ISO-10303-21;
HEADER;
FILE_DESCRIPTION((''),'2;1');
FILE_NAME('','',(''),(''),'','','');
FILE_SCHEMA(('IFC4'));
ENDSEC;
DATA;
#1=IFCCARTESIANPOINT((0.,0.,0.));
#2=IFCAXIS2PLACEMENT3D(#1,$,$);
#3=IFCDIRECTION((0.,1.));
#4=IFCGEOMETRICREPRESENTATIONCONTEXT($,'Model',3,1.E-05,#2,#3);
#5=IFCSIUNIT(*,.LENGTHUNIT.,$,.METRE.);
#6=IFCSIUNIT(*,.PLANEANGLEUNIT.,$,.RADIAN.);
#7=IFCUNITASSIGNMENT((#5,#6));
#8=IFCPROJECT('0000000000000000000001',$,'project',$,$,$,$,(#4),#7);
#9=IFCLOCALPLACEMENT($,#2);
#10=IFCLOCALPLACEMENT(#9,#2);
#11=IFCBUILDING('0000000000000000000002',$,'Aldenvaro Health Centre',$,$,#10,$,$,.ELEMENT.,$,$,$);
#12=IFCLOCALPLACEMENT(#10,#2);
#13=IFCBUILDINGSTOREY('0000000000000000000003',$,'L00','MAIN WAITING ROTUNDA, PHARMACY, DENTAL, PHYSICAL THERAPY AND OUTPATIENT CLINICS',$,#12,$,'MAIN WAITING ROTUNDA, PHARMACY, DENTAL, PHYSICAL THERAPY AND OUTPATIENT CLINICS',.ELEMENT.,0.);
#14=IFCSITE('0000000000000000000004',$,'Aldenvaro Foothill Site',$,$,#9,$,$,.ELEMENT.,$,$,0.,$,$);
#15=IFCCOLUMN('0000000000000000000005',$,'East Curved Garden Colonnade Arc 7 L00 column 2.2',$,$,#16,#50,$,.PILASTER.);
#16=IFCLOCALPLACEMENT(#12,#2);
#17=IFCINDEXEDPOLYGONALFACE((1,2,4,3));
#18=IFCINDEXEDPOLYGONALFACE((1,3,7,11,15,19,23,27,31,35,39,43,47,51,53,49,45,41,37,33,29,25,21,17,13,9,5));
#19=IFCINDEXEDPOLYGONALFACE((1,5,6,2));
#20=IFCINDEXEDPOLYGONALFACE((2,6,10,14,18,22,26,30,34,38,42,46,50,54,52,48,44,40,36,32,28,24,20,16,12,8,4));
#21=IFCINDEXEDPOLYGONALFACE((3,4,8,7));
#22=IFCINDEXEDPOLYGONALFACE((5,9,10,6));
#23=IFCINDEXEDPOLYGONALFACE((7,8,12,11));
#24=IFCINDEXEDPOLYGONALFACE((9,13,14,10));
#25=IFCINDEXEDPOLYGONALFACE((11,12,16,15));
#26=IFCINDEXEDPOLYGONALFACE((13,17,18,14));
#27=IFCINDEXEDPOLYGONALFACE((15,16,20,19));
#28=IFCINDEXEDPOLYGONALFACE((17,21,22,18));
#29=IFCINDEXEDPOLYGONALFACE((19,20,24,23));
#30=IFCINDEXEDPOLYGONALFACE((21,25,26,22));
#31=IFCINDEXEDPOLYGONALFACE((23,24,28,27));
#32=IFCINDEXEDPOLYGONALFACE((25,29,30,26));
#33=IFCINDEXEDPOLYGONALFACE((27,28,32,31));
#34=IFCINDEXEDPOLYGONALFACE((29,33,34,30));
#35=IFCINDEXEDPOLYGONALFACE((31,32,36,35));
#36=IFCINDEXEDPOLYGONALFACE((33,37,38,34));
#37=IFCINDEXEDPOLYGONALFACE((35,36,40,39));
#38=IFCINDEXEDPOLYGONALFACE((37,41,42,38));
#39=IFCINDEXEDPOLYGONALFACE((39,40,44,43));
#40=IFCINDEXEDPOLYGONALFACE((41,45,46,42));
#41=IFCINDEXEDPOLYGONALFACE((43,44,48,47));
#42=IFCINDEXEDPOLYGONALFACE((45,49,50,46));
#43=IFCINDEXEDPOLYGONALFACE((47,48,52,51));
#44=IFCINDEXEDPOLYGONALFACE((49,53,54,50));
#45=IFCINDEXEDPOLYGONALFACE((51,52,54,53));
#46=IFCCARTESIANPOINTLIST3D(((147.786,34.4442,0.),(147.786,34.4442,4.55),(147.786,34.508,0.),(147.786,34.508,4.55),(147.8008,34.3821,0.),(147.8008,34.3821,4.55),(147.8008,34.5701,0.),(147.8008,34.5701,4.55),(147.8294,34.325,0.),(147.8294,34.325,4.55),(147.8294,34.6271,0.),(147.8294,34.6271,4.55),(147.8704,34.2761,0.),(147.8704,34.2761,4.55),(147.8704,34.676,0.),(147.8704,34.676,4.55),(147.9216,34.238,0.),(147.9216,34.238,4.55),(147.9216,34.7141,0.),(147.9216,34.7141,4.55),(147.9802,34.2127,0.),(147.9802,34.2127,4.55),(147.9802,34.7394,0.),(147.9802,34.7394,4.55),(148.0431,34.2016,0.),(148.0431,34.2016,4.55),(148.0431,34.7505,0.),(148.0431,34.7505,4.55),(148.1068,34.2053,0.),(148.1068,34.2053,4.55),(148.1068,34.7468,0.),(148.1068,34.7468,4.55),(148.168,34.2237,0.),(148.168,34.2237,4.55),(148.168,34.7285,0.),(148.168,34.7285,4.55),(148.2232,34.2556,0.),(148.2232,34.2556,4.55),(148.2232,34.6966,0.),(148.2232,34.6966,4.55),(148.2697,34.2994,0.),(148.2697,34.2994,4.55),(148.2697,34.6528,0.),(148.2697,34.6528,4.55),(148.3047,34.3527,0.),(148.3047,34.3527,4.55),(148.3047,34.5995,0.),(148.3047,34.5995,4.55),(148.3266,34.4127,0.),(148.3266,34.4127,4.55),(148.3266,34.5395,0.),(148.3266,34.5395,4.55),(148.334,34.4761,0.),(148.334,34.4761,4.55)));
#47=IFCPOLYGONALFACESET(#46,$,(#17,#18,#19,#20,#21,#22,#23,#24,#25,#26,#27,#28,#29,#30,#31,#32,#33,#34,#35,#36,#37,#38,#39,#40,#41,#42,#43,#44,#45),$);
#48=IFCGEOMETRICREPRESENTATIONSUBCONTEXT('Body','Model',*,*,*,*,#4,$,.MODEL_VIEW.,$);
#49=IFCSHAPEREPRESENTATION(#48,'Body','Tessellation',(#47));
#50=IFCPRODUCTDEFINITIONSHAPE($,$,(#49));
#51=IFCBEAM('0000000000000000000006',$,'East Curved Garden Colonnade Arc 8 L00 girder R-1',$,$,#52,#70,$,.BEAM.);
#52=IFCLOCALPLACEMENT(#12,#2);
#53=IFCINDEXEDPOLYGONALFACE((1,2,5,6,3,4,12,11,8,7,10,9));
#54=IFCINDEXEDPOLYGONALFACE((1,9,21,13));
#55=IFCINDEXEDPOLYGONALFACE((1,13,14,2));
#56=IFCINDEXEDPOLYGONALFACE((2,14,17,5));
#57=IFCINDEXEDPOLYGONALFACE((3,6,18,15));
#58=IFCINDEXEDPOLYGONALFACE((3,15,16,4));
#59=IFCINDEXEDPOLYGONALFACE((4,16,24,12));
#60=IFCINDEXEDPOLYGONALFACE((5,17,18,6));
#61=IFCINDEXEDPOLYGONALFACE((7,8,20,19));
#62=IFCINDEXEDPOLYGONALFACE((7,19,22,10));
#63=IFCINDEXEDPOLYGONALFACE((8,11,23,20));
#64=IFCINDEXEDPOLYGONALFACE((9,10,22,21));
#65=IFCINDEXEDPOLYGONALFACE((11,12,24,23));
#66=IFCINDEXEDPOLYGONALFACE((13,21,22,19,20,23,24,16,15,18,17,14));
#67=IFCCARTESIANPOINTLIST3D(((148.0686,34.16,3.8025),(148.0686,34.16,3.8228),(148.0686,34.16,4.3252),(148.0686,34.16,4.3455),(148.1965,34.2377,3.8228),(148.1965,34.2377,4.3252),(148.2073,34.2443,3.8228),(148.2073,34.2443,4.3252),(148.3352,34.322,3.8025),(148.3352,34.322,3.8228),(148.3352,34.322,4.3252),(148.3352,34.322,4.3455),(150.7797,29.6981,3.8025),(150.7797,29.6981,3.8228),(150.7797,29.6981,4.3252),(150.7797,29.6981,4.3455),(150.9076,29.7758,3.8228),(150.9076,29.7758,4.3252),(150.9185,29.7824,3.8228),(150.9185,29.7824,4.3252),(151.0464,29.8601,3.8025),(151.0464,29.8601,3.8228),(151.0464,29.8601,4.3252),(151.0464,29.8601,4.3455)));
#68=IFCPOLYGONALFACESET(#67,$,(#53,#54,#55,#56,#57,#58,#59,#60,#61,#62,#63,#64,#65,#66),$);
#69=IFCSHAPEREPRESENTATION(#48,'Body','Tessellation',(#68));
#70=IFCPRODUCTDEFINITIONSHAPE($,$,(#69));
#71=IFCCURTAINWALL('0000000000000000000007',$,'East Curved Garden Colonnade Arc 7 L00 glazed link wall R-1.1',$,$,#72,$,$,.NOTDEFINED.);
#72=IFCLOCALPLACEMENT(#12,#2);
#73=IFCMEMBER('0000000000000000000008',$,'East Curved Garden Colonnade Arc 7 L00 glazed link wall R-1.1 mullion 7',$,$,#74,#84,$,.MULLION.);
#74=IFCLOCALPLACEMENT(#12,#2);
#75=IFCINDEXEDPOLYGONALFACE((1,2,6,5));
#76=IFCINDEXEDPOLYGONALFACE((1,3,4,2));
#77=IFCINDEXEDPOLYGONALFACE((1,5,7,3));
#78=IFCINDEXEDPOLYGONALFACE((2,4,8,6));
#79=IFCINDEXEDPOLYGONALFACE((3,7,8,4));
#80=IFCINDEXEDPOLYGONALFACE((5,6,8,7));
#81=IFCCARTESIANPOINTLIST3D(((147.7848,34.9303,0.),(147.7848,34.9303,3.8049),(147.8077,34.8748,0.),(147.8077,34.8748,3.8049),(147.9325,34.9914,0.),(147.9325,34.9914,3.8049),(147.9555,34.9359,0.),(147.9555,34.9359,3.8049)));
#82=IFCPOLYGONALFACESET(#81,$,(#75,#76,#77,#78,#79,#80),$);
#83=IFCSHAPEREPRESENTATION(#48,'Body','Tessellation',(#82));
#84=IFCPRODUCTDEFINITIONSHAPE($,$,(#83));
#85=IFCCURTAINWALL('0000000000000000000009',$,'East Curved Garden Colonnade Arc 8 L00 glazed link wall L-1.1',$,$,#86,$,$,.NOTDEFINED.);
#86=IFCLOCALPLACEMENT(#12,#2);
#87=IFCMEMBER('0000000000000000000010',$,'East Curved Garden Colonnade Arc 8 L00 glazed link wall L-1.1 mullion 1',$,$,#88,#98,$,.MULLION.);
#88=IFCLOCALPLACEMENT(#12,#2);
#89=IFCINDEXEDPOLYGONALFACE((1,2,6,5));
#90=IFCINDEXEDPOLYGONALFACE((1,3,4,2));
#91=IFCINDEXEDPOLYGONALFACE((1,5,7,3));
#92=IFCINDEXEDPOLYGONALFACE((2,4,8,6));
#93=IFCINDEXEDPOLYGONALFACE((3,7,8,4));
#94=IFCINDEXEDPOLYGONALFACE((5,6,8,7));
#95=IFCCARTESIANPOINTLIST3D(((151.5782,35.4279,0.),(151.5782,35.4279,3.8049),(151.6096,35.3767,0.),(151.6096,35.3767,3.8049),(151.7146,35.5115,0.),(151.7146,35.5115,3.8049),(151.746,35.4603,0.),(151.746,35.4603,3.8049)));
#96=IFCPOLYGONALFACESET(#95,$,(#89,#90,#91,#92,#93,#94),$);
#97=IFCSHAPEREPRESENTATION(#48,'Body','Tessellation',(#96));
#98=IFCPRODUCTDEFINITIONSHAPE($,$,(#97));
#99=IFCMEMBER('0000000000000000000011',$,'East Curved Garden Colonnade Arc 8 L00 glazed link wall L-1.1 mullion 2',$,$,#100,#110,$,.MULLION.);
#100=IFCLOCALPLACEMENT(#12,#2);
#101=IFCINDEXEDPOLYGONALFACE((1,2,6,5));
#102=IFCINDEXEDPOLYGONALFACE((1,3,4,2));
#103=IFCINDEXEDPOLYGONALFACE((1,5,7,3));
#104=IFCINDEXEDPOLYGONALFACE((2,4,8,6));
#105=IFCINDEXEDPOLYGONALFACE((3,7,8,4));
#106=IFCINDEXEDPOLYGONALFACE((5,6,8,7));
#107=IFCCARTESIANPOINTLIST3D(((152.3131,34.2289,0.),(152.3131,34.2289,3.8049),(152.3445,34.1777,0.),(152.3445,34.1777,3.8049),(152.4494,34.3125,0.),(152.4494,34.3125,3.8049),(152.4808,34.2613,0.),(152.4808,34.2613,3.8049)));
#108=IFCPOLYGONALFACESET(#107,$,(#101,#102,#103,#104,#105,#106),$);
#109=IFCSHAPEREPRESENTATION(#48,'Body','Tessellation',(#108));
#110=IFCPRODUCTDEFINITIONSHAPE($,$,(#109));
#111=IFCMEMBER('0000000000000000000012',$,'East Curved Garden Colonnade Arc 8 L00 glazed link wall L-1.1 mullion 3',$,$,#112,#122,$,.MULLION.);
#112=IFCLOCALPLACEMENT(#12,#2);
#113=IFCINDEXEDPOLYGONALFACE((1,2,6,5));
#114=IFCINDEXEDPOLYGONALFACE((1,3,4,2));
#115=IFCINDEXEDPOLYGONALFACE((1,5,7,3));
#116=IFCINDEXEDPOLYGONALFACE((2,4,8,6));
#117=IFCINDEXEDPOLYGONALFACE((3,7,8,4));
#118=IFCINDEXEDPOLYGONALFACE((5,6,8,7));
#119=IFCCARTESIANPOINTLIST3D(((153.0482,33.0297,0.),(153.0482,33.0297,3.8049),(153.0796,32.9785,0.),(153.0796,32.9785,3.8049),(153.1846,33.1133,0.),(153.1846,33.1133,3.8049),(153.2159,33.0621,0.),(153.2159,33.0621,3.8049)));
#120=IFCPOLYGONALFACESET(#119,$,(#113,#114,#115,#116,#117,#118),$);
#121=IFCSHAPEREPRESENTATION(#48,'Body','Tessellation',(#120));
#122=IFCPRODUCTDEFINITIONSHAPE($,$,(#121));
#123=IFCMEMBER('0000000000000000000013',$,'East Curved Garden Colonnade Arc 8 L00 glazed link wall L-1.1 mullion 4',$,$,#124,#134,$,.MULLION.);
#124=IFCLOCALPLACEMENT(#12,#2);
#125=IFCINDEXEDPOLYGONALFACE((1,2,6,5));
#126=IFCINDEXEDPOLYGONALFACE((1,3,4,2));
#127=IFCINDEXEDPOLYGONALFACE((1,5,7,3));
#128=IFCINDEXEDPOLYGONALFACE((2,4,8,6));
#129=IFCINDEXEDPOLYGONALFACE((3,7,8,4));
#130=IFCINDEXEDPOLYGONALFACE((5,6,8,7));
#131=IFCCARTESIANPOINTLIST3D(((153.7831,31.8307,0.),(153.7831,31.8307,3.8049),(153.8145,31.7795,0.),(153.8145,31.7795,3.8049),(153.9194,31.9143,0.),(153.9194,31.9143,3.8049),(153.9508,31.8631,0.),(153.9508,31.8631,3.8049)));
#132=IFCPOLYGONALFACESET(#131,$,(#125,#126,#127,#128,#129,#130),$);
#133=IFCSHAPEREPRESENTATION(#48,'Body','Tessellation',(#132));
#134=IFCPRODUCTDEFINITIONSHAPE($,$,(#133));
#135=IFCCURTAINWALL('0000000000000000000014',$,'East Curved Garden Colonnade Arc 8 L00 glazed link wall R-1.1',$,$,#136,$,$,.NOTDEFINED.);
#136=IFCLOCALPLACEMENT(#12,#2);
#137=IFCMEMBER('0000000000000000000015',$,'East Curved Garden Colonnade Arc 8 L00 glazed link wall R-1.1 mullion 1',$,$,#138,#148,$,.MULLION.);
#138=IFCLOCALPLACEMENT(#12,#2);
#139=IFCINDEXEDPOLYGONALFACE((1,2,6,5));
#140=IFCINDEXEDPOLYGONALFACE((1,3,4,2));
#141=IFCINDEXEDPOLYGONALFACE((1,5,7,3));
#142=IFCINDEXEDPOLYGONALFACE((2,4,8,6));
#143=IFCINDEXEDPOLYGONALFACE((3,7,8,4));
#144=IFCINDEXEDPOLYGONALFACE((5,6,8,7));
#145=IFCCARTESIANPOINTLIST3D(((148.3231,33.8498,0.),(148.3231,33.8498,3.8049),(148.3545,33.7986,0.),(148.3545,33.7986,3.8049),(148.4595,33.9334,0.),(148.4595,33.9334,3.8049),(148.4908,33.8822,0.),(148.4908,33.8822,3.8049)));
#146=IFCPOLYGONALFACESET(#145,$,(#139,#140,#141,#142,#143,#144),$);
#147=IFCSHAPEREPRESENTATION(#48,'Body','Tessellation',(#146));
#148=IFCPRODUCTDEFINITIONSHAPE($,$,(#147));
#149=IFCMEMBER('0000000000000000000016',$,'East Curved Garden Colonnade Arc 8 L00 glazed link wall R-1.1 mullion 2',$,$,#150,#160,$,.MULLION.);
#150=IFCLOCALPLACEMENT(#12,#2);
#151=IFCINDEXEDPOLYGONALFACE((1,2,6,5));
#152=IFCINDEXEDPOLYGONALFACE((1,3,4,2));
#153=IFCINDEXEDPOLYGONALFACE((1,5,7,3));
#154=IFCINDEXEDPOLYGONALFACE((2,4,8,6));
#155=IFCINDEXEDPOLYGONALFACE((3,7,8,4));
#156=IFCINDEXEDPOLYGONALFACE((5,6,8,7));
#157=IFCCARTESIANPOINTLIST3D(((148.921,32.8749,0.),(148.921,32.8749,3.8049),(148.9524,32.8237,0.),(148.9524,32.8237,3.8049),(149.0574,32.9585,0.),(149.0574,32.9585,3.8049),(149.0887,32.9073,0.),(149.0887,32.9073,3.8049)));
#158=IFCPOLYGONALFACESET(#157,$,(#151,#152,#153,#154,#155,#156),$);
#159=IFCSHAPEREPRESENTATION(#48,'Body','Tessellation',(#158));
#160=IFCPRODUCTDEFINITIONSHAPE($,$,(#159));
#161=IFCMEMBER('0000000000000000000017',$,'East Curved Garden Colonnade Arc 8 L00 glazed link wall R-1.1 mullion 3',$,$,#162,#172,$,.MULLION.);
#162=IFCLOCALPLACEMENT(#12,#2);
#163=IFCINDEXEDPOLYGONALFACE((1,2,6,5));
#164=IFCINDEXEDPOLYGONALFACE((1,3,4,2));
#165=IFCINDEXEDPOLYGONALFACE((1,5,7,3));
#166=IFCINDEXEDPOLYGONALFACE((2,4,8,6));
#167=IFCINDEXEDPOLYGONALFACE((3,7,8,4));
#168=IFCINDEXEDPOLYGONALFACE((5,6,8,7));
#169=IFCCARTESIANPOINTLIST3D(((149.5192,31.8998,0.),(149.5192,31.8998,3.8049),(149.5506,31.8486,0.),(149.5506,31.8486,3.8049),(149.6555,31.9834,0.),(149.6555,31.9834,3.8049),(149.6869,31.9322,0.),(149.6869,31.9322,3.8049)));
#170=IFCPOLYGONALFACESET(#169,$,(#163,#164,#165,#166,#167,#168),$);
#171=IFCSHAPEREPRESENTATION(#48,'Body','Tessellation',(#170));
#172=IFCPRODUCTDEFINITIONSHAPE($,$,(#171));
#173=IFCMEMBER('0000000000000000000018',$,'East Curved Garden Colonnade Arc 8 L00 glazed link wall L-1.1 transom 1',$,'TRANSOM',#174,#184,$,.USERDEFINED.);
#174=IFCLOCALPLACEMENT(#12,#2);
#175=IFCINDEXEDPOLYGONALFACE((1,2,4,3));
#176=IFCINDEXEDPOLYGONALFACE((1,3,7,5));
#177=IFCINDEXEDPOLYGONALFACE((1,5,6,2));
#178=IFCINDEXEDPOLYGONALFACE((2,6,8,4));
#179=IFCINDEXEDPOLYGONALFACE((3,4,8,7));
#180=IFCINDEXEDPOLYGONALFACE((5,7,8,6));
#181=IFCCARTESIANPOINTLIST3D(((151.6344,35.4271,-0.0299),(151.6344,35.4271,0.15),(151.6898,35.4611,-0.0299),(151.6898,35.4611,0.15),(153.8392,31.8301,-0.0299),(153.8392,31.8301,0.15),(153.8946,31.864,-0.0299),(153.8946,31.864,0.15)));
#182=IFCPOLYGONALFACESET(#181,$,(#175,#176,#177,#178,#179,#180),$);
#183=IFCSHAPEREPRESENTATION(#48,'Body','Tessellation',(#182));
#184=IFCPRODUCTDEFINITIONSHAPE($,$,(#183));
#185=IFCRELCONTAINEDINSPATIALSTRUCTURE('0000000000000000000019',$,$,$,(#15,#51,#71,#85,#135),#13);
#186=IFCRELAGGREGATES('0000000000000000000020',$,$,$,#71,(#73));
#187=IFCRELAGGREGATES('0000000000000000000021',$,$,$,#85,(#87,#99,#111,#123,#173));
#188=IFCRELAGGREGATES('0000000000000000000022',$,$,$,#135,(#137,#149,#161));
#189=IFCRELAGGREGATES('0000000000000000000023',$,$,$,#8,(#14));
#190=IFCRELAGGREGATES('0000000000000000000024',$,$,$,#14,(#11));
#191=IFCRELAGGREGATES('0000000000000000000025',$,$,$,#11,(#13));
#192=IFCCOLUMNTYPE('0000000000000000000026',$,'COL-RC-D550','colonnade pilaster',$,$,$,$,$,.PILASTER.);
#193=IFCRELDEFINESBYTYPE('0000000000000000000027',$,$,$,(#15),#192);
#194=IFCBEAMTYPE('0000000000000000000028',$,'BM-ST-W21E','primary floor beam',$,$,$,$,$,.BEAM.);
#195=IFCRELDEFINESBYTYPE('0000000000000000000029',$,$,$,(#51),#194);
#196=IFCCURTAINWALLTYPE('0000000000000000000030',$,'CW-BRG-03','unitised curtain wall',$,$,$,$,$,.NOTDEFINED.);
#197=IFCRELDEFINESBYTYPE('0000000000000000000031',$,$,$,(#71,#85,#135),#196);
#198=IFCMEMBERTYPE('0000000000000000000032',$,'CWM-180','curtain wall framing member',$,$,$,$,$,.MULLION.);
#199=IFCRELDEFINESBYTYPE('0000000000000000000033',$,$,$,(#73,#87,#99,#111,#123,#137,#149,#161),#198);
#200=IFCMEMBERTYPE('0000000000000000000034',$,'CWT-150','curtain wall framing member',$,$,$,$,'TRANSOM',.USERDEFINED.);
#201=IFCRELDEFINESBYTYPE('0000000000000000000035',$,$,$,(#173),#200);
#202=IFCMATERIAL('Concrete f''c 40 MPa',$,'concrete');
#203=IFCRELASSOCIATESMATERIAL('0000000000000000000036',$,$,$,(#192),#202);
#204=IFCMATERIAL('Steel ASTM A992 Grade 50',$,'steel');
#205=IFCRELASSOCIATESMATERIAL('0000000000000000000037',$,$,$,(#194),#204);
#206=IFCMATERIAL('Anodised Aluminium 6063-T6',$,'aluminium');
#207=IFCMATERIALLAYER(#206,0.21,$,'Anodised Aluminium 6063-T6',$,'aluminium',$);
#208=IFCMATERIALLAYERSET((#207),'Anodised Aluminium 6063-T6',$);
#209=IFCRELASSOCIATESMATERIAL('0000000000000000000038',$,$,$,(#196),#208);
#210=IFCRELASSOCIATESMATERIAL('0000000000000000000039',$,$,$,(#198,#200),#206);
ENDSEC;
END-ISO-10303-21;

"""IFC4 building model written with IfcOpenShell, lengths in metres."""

from ifc_helpers import new_model, si_unit, direction, frame, origin, origin_2d, place, context, subcontext, project, spatial, rectangle, circle, i_section, extrude, material, layer, layer_set, material_profile, profile_set, type_object, element, aggregate, save


model = new_model("IFC4")

# Units and contexts
model_context = context("Model", 3, precision=1e-05, world=origin(), true_north=direction((0.0, 1.0)))
body_context = subcontext(model_context, "Body", "Model", "MODEL_VIEW")
ifc_project = project(units=[si_unit("LENGTHUNIT", "METRE"), si_unit("PLANEANGLEUNIT", "RADIAN")], contexts=[model_context])

# Site, building, storey
site_placement = place(None, origin())
site = spatial("IfcSite", under=ifc_project, at=site_placement, Name="Aldenvaro Foothill Site", CompositionType="ELEMENT", RefElevation=0.0)
building_placement = place(site_placement, origin())
building = spatial("IfcBuilding", under=site, at=building_placement, Name="Aldenvaro Health Centre", CompositionType="ELEMENT")
storey_placement = place(building_placement, origin())
storey = spatial("IfcBuildingStorey", under=building, at=storey_placement, Name="L00", Description="MAIN WAITING ROTUNDA, PHARMACY, DENTAL, PHYSICAL THERAPY AND OUTPATIENT CLINICS", LongName="MAIN WAITING ROTUNDA, PHARMACY, DENTAL, PHYSICAL THERAPY AND OUTPATIENT CLINICS", CompositionType="ELEMENT", Elevation=0.0)

# Column
ifc_material_1 = material(Name="Concrete f'c 40 MPa", Category="concrete")
ifc_material_profile_1 = material_profile(ifc_material_1, circle(Radius=0.2749, at=origin_2d()), Name="RC D550", Category="concrete")
ifc_profile_set_1 = profile_set([ifc_material_profile_1], Name="Concrete f'c 40 MPa")
column_type = type_object("IfcColumnType", Name="COL-RC-D550", Description="colonnade pilaster", PredefinedType="PILASTER", material=ifc_profile_set_1)
column_placement = place(storey_placement, frame((148.0591, 34.4761, 0.0), z_axis=(0.0, 0.0, 1.0), x_axis=(1.0, 0.0, 0.0)))
element("IfcColumn", 1, at=column_placement, inside=storey, type_object=column_type, Name="East Curved Garden Colonnade Arc 7 L00 column 2.2", PredefinedType="PILASTER", context=body_context, shape_type="SweptSolid", body=[
    extrude(circle(Radius=0.2749, at=origin_2d()), origin(), (0.0, 0.0, 1.0), 4.55),
])

# Beam
ifc_material_2 = material(Name="Steel ASTM A992 Grade 50", Category="steel")
ifc_material_profile_2 = material_profile(ifc_material_2, i_section(OverallWidth=0.312, OverallDepth=0.543, WebThickness=0.0127, FlangeThickness=0.0203, at=origin_2d()), Name="W21X101", Category="steel")
ifc_profile_set_2 = profile_set([ifc_material_profile_2], Name="Steel ASTM A992 Grade 50")
beam_type = type_object("IfcBeamType", Name="BM-ST-W21E", Description="primary floor beam", PredefinedType="BEAM", material=ifc_profile_set_2)
beam_placement = place(storey_placement, frame((148.2019, 34.241, 4.074), z_axis=(0.519281, -0.854604, 0.0), x_axis=(0.854604, 0.519281, 0.0)))
element("IfcBeam", 2, at=beam_placement, inside=storey, type_object=beam_type, Name="East Curved Garden Colonnade Arc 8 L00 girder R-1", PredefinedType="BEAM", context=body_context, shape_type="SweptSolid", body=[
    extrude(i_section(OverallWidth=0.312, OverallDepth=0.543, WebThickness=0.0127, FlangeThickness=0.0203, at=origin_2d()), origin(), (0.0, 0.0, 1.0), 5.2209),
])

# Curtain wall, member
ifc_material_3 = material(Name="Anodised Aluminium 6063-T6", Category="aluminium")
ifc_layer_1 = layer(ifc_material_3, 0.21, Name="Anodised Aluminium 6063-T6", Category="aluminium")
ifc_layer_set_1 = layer_set([ifc_layer_1], Name="Anodised Aluminium 6063-T6")
curtain_wall_type = type_object("IfcCurtainWallType", Name="CW-BRG-03", Description="unitised curtain wall", PredefinedType="NOTDEFINED", material=ifc_layer_set_1)
curtain_wall_1_placement = place(storey_placement, origin())
curtain_wall_1 = element("IfcCurtainWall", 3, at=curtain_wall_1_placement, inside=storey, type_object=curtain_wall_type, Name="East Curved Garden Colonnade Arc 7 L00 glazed link wall R-1.1", PredefinedType="NOTDEFINED")
ifc_material_profile_3 = material_profile(ifc_material_3, rectangle(XDim=0.0601, YDim=0.1599, at=origin_2d()), Name="ALU 60x160", Category="aluminium")
ifc_profile_set_3 = profile_set([ifc_material_profile_3], Name="Anodised Aluminium 6063-T6")
member_type_1 = type_object("IfcMemberType", Name="CWM-180", Description="curtain wall framing member", PredefinedType="MULLION", material=ifc_profile_set_3)
member_1_placement = place(storey_placement, frame((147.8701, 34.9331, 0.0), z_axis=(0.0, 0.0, 1.0), x_axis=(0.382569, -0.923927, 0.0)))
member_1 = element("IfcMember", 4, at=member_1_placement, type_object=member_type_1, Name="East Curved Garden Colonnade Arc 7 L00 glazed link wall R-1.1 mullion 7", PredefinedType="MULLION", context=body_context, shape_type="SweptSolid", body=[
    extrude(rectangle(XDim=0.0601, YDim=0.1599, at=origin_2d()), origin(), (0.0, 0.0, 1.0), 3.8049),
])
aggregate(curtain_wall_1, [member_1])

# Curtain walls, members
curtain_wall_2_placement = place(storey_placement, origin())
curtain_wall_2 = element("IfcCurtainWall", 5, at=curtain_wall_2_placement, inside=storey, type_object=curtain_wall_type, Name="East Curved Garden Colonnade Arc 8 L00 glazed link wall L-1.1", PredefinedType="NOTDEFINED")
member_2_placement = place(storey_placement, frame((151.6621, 35.4441, 0.0), z_axis=(0.0, 0.0, 1.0), x_axis=(0.522629, -0.85256, 0.0)))
member_2 = element("IfcMember", 6, at=member_2_placement, type_object=member_type_1, Name="East Curved Garden Colonnade Arc 8 L00 glazed link wall L-1.1 mullion 1", PredefinedType="MULLION", context=body_context, shape_type="SweptSolid", body=[
    extrude(rectangle(XDim=0.0601, YDim=0.1599, at=origin_2d()), origin(), (0.0, 0.0, 1.0), 3.8049),
])
member_3_placement = place(storey_placement, frame((152.397, 34.2451, 0.0), z_axis=(0.0, 0.0, 1.0), x_axis=(0.522629, -0.85256, 0.0)))
member_3 = element("IfcMember", 7, at=member_3_placement, type_object=member_type_1, Name="East Curved Garden Colonnade Arc 8 L00 glazed link wall L-1.1 mullion 2", PredefinedType="MULLION", context=body_context, shape_type="SweptSolid", body=[
    extrude(rectangle(XDim=0.0601, YDim=0.1599, at=origin_2d()), origin(), (0.0, 0.0, 1.0), 3.8049),
])
member_4_placement = place(storey_placement, frame((153.1321, 33.0459, 0.0), z_axis=(0.0, 0.0, 1.0), x_axis=(0.522629, -0.85256, 0.0)))
member_4 = element("IfcMember", 8, at=member_4_placement, type_object=member_type_1, Name="East Curved Garden Colonnade Arc 8 L00 glazed link wall L-1.1 mullion 3", PredefinedType="MULLION", context=body_context, shape_type="SweptSolid", body=[
    extrude(rectangle(XDim=0.0601, YDim=0.1599, at=origin_2d()), origin(), (0.0, 0.0, 1.0), 3.8049),
])
member_5_placement = place(storey_placement, frame((153.8669, 31.8469, 0.0), z_axis=(0.0, 0.0, 1.0), x_axis=(0.522629, -0.85256, 0.0)))
member_5 = element("IfcMember", 9, at=member_5_placement, type_object=member_type_1, Name="East Curved Garden Colonnade Arc 8 L00 glazed link wall L-1.1 mullion 4", PredefinedType="MULLION", context=body_context, shape_type="SweptSolid", body=[
    extrude(rectangle(XDim=0.0601, YDim=0.1599, at=origin_2d()), origin(), (0.0, 0.0, 1.0), 3.8049),
])
curtain_wall_3_placement = place(storey_placement, origin())
curtain_wall_3 = element("IfcCurtainWall", 10, at=curtain_wall_3_placement, inside=storey, type_object=curtain_wall_type, Name="East Curved Garden Colonnade Arc 8 L00 glazed link wall R-1.1", PredefinedType="NOTDEFINED")
member_6_placement = place(storey_placement, frame((148.407, 33.866, 0.0), z_axis=(0.0, 0.0, 1.0), x_axis=(0.52267, -0.852535, 0.0)))
member_6 = element("IfcMember", 11, at=member_6_placement, type_object=member_type_1, Name="East Curved Garden Colonnade Arc 8 L00 glazed link wall R-1.1 mullion 1", PredefinedType="MULLION", context=body_context, shape_type="SweptSolid", body=[
    extrude(rectangle(XDim=0.0601, YDim=0.1599, at=origin_2d()), origin(), (0.0, 0.0, 1.0), 3.8049),
])
member_7_placement = place(storey_placement, frame((149.0049, 32.8911, 0.0), z_axis=(0.0, 0.0, 1.0), x_axis=(0.52267, -0.852535, 0.0)))
member_7 = element("IfcMember", 12, at=member_7_placement, type_object=member_type_1, Name="East Curved Garden Colonnade Arc 8 L00 glazed link wall R-1.1 mullion 2", PredefinedType="MULLION", context=body_context, shape_type="SweptSolid", body=[
    extrude(rectangle(XDim=0.0601, YDim=0.1599, at=origin_2d()), origin(), (0.0, 0.0, 1.0), 3.8049),
])
member_8_placement = place(storey_placement, frame((149.603, 31.916, 0.0), z_axis=(0.0, 0.0, 1.0), x_axis=(0.52267, -0.852535, 0.0)))
member_8 = element("IfcMember", 13, at=member_8_placement, type_object=member_type_1, Name="East Curved Garden Colonnade Arc 8 L00 glazed link wall R-1.1 mullion 3", PredefinedType="MULLION", context=body_context, shape_type="SweptSolid", body=[
    extrude(rectangle(XDim=0.0601, YDim=0.1599, at=origin_2d()), origin(), (0.0, 0.0, 1.0), 3.8049),
])

# Member
ifc_material_profile_4 = material_profile(ifc_material_3, rectangle(XDim=0.0649, YDim=0.1799, at=origin_2d()), Name="ALU 65x180", Category="aluminium")
ifc_profile_set_4 = profile_set([ifc_material_profile_4], Name="Anodised Aluminium 6063-T6")
member_type_2 = type_object("IfcMemberType", Name="CWT-150", Description="curtain wall framing member", ElementType="TRANSOM", PredefinedType="USERDEFINED", material=ifc_profile_set_4)
member_9_placement = place(storey_placement, frame((151.6621, 35.4441, 0.0601), z_axis=(0.522582, -0.852589, 0.0), x_axis=(0.852589, 0.522582, 0.0)))
member_9 = element("IfcMember", 14, at=member_9_placement, type_object=member_type_2, Name="East Curved Garden Colonnade Arc 8 L00 glazed link wall L-1.1 transom 1", ObjectType="TRANSOM", PredefinedType="USERDEFINED", context=body_context, shape_type="SweptSolid", body=[
    extrude(rectangle(XDim=0.0649, YDim=0.1799, at=origin_2d()), origin(), (0.0, 0.0, 1.0), 4.219),
])

aggregate(curtain_wall_2, [member_2, member_3, member_4, member_5, member_9])
aggregate(curtain_wall_3, [member_6, member_7, member_8])

save(model, "model.ifc")
